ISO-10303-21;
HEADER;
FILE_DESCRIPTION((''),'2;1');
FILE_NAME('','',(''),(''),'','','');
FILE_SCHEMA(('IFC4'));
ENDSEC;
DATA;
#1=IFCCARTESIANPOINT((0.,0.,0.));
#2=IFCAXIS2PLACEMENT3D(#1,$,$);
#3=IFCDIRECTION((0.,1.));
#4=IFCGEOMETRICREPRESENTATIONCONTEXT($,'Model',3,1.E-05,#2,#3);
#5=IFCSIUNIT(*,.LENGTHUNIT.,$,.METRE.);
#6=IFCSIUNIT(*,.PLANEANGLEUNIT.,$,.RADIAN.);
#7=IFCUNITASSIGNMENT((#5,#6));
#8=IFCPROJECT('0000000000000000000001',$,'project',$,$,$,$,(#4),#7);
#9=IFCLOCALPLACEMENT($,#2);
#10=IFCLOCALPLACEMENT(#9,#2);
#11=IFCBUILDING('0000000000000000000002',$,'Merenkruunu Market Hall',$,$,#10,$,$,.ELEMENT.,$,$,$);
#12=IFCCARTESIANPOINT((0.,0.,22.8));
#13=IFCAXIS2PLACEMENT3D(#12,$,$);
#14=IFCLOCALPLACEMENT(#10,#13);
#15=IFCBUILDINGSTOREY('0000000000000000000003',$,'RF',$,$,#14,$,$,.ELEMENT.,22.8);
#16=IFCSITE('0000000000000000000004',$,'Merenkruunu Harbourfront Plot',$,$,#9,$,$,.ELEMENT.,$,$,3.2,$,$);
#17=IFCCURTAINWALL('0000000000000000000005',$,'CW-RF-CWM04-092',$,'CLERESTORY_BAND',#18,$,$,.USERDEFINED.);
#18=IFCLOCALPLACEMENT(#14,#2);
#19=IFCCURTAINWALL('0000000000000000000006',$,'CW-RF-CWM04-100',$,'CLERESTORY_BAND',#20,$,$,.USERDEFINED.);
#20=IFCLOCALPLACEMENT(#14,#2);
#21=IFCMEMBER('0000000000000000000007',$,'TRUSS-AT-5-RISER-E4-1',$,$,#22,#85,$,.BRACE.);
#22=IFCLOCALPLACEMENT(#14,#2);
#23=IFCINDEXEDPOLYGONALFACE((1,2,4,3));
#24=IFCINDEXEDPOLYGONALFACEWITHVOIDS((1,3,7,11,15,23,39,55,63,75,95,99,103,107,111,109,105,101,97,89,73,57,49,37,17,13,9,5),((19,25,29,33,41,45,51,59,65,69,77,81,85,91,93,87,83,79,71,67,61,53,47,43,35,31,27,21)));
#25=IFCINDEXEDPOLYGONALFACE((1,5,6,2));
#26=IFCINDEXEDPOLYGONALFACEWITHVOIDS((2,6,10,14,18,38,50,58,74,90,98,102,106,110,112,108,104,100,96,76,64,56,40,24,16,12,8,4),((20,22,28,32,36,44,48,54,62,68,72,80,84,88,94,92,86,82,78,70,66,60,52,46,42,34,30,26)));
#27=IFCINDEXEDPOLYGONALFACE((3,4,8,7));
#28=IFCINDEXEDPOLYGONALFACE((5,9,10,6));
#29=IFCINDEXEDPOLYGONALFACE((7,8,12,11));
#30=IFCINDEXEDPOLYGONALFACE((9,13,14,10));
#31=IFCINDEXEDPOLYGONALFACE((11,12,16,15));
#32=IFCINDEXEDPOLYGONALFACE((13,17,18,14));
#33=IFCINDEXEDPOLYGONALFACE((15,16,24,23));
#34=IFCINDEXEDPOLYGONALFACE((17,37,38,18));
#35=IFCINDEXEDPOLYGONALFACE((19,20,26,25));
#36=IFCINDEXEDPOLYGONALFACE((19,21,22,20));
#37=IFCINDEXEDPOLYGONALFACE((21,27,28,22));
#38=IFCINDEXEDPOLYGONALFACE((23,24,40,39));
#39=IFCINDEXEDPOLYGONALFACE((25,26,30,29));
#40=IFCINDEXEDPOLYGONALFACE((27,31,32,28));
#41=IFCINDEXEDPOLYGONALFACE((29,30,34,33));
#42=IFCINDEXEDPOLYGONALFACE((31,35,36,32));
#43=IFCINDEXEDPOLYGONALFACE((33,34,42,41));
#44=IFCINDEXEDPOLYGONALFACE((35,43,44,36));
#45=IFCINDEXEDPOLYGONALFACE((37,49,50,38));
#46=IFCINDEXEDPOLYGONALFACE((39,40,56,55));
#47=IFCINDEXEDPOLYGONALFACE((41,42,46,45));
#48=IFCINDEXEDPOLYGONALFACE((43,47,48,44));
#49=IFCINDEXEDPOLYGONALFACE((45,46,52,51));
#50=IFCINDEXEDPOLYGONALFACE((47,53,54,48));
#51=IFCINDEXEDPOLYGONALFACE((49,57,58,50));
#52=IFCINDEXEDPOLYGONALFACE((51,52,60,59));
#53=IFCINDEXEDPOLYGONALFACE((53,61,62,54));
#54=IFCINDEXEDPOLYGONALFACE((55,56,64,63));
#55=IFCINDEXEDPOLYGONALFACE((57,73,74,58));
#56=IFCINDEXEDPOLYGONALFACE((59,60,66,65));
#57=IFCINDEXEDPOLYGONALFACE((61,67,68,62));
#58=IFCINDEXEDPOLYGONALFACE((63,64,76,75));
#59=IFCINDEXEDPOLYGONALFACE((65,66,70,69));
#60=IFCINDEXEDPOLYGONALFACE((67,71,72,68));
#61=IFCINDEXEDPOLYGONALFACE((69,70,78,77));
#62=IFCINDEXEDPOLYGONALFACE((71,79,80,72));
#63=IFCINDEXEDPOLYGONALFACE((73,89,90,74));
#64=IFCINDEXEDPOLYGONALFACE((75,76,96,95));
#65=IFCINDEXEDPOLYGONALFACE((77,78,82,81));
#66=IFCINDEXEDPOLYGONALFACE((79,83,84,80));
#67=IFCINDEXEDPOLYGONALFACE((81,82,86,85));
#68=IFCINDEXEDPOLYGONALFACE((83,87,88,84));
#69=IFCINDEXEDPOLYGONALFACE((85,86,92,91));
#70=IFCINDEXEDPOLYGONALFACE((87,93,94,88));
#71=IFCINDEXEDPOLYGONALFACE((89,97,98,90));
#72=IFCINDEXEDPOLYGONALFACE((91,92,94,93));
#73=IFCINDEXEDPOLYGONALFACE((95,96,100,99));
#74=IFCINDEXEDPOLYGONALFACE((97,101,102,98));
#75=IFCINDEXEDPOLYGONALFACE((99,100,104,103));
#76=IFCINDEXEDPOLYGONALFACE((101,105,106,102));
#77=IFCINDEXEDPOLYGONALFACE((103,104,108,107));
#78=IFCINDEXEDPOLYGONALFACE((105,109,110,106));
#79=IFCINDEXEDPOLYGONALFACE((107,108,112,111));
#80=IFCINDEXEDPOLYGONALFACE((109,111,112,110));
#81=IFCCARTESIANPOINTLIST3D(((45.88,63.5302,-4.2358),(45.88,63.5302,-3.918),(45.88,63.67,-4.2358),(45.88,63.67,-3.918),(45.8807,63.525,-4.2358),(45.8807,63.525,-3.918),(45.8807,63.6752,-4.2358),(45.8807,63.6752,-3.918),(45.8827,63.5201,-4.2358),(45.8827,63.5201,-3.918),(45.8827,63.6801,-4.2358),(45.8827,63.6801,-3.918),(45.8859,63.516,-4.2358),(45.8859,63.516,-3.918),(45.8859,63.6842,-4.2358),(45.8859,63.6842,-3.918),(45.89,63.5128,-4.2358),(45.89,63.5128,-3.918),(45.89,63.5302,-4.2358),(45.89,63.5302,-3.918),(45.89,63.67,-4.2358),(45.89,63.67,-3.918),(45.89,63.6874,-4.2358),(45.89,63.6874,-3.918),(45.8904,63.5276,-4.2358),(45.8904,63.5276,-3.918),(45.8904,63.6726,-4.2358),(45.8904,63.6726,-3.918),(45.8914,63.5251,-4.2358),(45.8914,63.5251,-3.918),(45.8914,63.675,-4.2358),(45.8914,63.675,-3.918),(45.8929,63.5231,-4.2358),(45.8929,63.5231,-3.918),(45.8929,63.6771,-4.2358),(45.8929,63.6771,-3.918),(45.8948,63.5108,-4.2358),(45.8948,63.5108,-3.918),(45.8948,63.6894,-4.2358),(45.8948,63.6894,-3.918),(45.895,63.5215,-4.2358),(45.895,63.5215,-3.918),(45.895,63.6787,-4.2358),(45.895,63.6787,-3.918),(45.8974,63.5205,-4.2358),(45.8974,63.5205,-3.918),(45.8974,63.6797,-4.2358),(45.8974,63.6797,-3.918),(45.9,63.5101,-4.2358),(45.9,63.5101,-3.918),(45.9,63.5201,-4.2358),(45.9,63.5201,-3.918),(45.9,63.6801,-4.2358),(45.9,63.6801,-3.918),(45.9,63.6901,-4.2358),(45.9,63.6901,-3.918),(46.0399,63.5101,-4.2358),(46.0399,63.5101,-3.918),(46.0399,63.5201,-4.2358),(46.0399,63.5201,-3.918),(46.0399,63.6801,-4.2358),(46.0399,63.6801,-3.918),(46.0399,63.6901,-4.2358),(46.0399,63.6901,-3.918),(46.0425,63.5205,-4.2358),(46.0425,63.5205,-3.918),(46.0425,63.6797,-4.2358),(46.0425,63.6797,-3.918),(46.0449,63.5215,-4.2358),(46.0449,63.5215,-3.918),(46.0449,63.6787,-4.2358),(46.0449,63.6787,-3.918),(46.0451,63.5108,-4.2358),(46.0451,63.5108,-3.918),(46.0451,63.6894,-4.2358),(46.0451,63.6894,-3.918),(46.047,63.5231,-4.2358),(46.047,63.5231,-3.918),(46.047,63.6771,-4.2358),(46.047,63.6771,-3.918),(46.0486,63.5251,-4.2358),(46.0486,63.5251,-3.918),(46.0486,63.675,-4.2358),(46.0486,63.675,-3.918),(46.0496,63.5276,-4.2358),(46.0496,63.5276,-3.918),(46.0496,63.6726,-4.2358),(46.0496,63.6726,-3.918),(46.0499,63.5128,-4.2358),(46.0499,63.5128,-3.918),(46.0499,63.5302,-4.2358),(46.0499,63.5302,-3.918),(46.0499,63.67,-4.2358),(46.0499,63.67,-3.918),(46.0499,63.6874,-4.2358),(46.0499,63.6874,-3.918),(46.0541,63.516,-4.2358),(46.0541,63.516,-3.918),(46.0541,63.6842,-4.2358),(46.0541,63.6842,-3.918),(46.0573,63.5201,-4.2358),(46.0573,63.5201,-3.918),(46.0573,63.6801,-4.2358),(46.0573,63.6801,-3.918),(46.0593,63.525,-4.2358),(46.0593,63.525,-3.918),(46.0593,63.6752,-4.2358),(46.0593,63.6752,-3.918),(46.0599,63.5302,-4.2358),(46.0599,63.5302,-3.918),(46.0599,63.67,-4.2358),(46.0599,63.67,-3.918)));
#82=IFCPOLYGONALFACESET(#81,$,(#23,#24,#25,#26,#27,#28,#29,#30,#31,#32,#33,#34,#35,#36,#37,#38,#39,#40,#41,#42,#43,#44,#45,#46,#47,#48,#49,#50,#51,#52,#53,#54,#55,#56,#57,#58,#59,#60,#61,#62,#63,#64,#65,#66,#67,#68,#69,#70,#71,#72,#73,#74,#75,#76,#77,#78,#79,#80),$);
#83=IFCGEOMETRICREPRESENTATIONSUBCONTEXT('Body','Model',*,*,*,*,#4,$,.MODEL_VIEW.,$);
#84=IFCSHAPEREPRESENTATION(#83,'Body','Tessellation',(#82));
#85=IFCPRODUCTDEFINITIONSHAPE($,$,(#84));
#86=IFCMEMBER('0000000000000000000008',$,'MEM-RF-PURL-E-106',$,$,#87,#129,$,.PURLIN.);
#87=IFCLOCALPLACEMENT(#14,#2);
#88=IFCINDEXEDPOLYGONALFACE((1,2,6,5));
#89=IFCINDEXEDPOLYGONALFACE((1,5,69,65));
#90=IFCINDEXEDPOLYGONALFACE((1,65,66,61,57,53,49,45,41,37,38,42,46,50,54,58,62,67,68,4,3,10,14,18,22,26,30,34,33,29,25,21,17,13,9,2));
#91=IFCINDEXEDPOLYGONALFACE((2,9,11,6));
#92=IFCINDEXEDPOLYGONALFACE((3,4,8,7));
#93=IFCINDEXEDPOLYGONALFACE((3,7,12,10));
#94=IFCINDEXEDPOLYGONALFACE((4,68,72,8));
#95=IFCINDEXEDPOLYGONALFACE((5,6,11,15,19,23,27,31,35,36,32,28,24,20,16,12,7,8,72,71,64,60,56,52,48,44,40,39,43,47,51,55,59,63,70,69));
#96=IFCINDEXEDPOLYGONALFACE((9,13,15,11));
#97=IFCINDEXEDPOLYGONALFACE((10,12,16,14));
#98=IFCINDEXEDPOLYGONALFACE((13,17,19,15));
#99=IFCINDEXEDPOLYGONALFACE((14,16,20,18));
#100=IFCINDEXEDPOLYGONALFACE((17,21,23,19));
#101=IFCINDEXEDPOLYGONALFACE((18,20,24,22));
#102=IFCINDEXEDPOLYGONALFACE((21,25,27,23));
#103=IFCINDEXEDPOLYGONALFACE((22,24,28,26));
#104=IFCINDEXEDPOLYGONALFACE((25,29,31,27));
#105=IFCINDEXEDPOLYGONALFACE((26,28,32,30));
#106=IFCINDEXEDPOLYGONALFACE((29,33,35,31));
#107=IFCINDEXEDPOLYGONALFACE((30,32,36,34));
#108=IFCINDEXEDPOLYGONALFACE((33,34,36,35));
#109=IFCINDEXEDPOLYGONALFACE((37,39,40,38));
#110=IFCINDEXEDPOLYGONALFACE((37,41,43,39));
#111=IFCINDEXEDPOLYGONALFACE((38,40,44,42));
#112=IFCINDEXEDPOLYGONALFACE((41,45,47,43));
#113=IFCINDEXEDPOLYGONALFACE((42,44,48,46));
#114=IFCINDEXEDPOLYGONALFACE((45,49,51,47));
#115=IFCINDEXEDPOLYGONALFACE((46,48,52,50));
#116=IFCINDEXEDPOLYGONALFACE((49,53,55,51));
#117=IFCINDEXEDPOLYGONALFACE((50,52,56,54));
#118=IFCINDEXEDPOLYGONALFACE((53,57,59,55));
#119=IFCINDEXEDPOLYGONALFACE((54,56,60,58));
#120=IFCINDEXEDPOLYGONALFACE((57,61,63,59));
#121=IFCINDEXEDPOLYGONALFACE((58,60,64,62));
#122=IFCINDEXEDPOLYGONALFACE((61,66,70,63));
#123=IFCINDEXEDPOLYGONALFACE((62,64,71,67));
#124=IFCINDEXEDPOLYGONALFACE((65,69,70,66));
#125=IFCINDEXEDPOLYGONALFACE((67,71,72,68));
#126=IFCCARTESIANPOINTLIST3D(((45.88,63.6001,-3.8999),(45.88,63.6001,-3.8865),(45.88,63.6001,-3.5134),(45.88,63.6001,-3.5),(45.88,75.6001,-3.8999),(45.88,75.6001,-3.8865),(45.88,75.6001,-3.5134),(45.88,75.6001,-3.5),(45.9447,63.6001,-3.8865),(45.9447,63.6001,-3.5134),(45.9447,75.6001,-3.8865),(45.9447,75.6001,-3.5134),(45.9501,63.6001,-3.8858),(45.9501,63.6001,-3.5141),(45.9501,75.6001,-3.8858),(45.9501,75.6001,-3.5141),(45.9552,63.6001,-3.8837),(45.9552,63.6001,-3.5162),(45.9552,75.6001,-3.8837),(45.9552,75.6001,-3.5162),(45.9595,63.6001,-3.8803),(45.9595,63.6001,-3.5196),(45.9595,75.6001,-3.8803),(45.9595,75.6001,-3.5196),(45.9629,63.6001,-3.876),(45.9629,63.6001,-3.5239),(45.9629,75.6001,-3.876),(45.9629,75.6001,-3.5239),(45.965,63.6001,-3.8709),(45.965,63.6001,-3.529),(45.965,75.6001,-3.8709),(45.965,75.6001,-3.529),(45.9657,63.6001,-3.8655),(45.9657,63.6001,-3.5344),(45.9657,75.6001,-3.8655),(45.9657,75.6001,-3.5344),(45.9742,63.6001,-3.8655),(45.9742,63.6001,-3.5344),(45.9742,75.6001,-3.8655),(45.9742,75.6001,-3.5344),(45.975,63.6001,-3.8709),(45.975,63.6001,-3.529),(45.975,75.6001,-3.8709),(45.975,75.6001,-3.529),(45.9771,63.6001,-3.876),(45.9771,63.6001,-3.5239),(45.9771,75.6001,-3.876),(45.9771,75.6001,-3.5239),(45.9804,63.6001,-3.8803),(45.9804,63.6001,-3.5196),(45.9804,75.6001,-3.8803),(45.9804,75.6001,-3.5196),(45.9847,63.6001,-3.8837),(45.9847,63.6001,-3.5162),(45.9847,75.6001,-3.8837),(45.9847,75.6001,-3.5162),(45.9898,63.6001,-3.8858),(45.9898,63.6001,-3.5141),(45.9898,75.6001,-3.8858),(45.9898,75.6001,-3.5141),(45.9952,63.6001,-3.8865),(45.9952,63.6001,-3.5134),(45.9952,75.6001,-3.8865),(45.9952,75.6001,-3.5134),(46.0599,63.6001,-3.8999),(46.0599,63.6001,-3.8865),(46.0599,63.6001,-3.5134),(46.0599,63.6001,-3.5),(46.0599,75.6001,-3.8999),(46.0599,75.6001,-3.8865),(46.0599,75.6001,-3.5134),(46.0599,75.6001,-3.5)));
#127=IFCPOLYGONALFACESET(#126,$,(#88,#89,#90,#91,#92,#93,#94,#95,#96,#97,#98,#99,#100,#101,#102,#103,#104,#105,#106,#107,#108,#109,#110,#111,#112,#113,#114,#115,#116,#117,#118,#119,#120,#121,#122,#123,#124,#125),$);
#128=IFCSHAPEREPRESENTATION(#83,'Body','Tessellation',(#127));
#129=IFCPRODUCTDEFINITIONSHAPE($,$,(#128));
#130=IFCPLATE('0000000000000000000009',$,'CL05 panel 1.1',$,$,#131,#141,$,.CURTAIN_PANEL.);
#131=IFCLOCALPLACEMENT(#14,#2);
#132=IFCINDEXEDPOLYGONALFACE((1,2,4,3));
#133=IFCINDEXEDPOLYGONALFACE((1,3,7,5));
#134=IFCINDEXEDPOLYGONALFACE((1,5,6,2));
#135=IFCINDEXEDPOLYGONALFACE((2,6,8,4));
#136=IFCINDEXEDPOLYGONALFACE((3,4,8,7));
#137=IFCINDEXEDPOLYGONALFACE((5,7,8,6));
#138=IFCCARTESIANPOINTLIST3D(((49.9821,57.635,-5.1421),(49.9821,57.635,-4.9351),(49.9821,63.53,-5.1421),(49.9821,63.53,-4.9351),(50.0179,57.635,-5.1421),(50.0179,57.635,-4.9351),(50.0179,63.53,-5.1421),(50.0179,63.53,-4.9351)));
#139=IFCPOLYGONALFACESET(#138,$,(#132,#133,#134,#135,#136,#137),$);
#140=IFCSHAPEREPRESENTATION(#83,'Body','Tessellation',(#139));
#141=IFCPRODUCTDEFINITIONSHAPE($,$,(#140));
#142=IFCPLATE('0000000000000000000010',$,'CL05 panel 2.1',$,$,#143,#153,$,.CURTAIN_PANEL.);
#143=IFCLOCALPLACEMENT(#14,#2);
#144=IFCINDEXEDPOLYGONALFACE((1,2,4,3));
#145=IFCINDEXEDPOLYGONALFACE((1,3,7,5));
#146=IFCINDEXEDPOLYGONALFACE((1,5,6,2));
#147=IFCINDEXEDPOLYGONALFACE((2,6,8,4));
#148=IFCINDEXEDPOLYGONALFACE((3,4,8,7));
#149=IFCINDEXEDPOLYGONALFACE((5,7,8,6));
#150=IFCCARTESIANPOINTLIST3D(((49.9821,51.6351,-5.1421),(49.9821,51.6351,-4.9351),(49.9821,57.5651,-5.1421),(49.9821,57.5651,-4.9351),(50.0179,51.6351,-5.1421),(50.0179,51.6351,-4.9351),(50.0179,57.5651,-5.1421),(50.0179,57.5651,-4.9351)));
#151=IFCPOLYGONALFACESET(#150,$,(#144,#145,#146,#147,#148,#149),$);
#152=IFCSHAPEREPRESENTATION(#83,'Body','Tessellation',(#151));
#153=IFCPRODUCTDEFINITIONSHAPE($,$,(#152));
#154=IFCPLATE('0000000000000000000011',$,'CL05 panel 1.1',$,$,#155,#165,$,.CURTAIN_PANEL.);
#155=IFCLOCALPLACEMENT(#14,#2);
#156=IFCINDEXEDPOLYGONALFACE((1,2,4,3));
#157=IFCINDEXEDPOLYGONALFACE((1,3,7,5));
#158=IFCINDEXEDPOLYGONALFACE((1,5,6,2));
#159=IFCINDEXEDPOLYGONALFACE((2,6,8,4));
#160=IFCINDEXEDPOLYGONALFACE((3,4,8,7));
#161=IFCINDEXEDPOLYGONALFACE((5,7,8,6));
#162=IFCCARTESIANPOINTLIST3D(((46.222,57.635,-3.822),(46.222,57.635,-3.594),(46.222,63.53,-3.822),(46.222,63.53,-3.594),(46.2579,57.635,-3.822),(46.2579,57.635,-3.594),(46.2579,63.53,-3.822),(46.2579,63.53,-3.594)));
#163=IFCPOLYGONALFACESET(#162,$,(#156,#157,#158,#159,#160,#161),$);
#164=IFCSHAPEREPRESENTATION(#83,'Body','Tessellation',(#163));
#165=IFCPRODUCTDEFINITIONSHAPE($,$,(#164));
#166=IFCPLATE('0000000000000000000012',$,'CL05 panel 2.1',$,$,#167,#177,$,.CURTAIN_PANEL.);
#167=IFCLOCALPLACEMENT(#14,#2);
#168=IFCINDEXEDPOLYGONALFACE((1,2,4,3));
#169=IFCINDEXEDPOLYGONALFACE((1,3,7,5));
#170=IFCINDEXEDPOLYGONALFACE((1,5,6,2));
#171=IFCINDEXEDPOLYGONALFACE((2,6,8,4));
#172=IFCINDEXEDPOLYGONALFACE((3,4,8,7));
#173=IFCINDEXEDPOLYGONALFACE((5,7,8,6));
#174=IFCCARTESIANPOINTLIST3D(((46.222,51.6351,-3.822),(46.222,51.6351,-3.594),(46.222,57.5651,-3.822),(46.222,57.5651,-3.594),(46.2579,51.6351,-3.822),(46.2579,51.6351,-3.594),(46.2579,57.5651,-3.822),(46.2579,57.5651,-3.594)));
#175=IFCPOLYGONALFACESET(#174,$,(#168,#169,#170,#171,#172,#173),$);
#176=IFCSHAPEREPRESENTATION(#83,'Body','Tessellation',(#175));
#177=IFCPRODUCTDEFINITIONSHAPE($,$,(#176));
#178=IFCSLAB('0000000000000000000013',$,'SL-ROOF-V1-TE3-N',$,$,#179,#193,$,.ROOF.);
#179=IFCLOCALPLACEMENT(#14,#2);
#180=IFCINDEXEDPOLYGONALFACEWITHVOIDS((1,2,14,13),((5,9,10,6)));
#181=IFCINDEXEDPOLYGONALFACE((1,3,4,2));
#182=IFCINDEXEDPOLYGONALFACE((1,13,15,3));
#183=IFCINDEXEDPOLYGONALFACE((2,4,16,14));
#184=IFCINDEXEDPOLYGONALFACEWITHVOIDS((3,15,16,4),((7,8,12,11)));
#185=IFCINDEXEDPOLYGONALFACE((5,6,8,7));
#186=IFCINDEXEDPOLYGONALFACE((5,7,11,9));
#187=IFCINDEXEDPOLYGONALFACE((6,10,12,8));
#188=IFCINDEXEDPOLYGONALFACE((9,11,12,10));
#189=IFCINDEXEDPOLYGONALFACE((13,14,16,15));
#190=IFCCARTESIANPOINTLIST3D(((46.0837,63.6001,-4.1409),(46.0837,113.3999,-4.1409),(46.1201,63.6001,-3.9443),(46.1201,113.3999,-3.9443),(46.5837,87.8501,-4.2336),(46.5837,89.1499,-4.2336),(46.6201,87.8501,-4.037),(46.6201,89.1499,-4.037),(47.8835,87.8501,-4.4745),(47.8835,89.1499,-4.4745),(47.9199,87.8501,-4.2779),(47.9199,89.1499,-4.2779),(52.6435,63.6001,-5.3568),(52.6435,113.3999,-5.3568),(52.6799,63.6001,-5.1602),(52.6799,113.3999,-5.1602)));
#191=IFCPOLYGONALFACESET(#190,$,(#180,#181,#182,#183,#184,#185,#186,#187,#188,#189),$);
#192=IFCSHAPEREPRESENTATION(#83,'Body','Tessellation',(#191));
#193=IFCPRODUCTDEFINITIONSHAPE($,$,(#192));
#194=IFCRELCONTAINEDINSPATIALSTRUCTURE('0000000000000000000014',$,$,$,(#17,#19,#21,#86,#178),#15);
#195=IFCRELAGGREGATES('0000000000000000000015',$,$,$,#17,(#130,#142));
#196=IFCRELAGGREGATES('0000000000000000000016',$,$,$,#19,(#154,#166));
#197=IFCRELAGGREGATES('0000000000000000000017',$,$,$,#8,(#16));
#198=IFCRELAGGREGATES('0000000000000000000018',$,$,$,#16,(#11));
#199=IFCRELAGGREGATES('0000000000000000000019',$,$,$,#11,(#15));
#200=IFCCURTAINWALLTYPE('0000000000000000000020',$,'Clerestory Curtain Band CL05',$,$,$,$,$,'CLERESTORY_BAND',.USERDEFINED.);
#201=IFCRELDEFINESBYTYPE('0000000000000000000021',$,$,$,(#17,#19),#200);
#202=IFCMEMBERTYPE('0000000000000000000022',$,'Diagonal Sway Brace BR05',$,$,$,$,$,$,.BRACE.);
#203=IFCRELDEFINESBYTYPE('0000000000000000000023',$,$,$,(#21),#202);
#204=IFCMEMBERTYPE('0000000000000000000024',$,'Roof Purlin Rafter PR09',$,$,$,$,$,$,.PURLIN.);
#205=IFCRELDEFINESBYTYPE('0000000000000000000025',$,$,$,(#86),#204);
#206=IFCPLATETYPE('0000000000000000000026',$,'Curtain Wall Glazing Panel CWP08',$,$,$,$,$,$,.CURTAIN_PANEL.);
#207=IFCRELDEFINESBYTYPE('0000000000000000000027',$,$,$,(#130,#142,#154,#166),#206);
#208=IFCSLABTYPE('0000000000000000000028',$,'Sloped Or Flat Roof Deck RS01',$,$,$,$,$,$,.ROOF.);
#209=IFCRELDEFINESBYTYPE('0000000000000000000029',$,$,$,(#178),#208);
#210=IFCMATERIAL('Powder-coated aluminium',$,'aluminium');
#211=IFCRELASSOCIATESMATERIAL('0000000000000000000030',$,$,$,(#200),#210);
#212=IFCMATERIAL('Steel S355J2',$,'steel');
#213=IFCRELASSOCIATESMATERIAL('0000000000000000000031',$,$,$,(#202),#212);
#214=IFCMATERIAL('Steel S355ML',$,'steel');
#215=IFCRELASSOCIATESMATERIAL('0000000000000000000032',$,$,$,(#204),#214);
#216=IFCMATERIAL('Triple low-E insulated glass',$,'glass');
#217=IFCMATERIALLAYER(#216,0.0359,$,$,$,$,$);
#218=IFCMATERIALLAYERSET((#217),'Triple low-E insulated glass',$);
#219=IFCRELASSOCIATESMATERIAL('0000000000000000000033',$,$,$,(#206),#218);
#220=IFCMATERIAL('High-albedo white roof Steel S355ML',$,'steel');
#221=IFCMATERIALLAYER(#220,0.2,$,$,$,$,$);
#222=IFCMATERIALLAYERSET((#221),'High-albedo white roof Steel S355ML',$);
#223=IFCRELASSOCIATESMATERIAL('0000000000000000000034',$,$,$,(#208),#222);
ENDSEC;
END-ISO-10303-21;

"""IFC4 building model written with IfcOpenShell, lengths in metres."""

from ifc_helpers import new_model, si_unit, direction, frame, origin, origin_2d, place, context, subcontext, project, spatial, polyline, rectangle, hollow_rectangle, i_section, outline, extrude, material, layer, layer_set, material_profile, profile_set, type_object, element, aggregate, save


model = new_model("IFC4")

# Units and contexts
model_context = context("Model", 3, precision=1e-05, world=origin(), true_north=direction((0.0, 1.0)))
body_context = subcontext(model_context, "Body", "Model", "MODEL_VIEW")
ifc_project = project(units=[si_unit("LENGTHUNIT", "METRE"), si_unit("PLANEANGLEUNIT", "RADIAN")], contexts=[model_context])

# Site, building, storey
site_placement = place(None, origin())
site = spatial("IfcSite", under=ifc_project, at=site_placement, Name="Merenkruunu Harbourfront Plot", CompositionType="ELEMENT", RefElevation=3.2)
building_placement = place(site_placement, origin())
building = spatial("IfcBuilding", under=site, at=building_placement, Name="Merenkruunu Market Hall", CompositionType="ELEMENT")
storey_placement = place(building_placement, frame((0.0, 0.0, 22.8)))
storey = spatial("IfcBuildingStorey", under=building, at=storey_placement, Name="RF", CompositionType="ELEMENT", Elevation=22.8)

# Curtain walls
ifc_material_1 = material(Name="Powder-coated aluminium", Category="aluminium")
curtain_wall_type = type_object("IfcCurtainWallType", Name="Clerestory Curtain Band CL05", ElementType="CLERESTORY_BAND", PredefinedType="USERDEFINED", material=ifc_material_1)
curtain_wall_1_placement = place(storey_placement, origin())
curtain_wall_1 = element("IfcCurtainWall", 1, at=curtain_wall_1_placement, inside=storey, type_object=curtain_wall_type, Name="CW-RF-CWM04-092", ObjectType="CLERESTORY_BAND", PredefinedType="USERDEFINED")
curtain_wall_2_placement = place(storey_placement, origin())
curtain_wall_2 = element("IfcCurtainWall", 2, at=curtain_wall_2_placement, inside=storey, type_object=curtain_wall_type, Name="CW-RF-CWM04-100", ObjectType="CLERESTORY_BAND", PredefinedType="USERDEFINED")

# Members
ifc_material_2 = material(Name="Steel S355J2", Category="steel")
ifc_material_profile_1 = material_profile(ifc_material_2, hollow_rectangle(XDim=0.1799, YDim=0.1799, WallThickness=0.01, InnerFilletRadius=0.01, OuterFilletRadius=0.02, at=origin_2d()), Name="SHS 180x180x10")
ifc_profile_set_1 = profile_set([ifc_material_profile_1], Name="Steel S355J2")
member_type_1 = type_object("IfcMemberType", Name="Diagonal Sway Brace BR05", PredefinedType="BRACE", material=ifc_profile_set_1)
member_1_placement = place(storey_placement, frame((45.97, 63.6001, -4.2358), z_axis=(0.0, 0.0, 1.0), x_axis=(1.0, 0.0, 0.0)))
element("IfcMember", 3, at=member_1_placement, inside=storey, type_object=member_type_1, Name="TRUSS-AT-5-RISER-E4-1", PredefinedType="BRACE", context=body_context, shape_type="SweptSolid", body=[
    extrude(hollow_rectangle(XDim=0.1799, YDim=0.1799, WallThickness=0.01, InnerFilletRadius=0.01, OuterFilletRadius=0.02, at=origin_2d()), origin(), (0.0, 0.0, 1.0), 0.3179),
])
ifc_material_3 = material(Name="Steel S355ML", Category="steel")
ifc_material_profile_2 = material_profile(ifc_material_3, i_section(OverallWidth=0.1799, OverallDepth=0.3999, WebThickness=0.0085, FlangeThickness=0.0134, FilletRadius=0.021, at=origin_2d()), Name="IPE 400")
ifc_profile_set_2 = profile_set([ifc_material_profile_2], Name="Steel S355ML")
member_type_2 = type_object("IfcMemberType", Name="Roof Purlin Rafter PR09", PredefinedType="PURLIN", material=ifc_profile_set_2)
member_2_placement = place(storey_placement, frame((45.97, 63.6001, -3.7), z_axis=(0.0, 1.0, 0.0), x_axis=(-1.0, 0.0, 0.0)))
element("IfcMember", 4, at=member_2_placement, inside=storey, type_object=member_type_2, Name="MEM-RF-PURL-E-106", PredefinedType="PURLIN", context=body_context, shape_type="SweptSolid", body=[
    extrude(i_section(OverallWidth=0.1799, OverallDepth=0.3999, WebThickness=0.0085, FlangeThickness=0.0134, FilletRadius=0.021, at=origin_2d()), origin(), (0.0, 0.0, 1.0), 12.0),
])

# Plates
ifc_material_4 = material(Name="Triple low-E insulated glass", Category="glass")
ifc_layer_1 = layer(ifc_material_4, 0.0359)
ifc_layer_set_1 = layer_set([ifc_layer_1], Name="Triple low-E insulated glass")
plate_type_1 = type_object("IfcPlateType", Name="Curtain Wall Glazing Panel CWP08", PredefinedType="CURTAIN_PANEL", material=ifc_layer_set_1)
plate_1_placement = place(storey_placement, frame((50.0, 60.5825, -5.1421), z_axis=(0.0, 0.0, 1.0), x_axis=(0.0, -1.0, 0.0)))
plate_1 = element("IfcPlate", 5, at=plate_1_placement, type_object=plate_type_1, Name="CL05 panel 1.1", PredefinedType="CURTAIN_PANEL", context=body_context, shape_type="SweptSolid", body=[
    extrude(rectangle(XDim=5.895, YDim=0.0359, at=origin_2d()), origin(), (0.0, 0.0, 1.0), 0.207),
])
plate_2_placement = place(storey_placement, frame((50.0, 54.6001, -5.1421), z_axis=(0.0, 0.0, 1.0), x_axis=(0.0, -1.0, 0.0)))
plate_2 = element("IfcPlate", 6, at=plate_2_placement, type_object=plate_type_1, Name="CL05 panel 2.1", PredefinedType="CURTAIN_PANEL", context=body_context, shape_type="SweptSolid", body=[
    extrude(rectangle(XDim=5.9299, YDim=0.0359, at=origin_2d()), origin(), (0.0, 0.0, 1.0), 0.207),
])
aggregate(curtain_wall_1, [plate_1, plate_2])
plate_3_placement = place(storey_placement, frame((46.24, 60.5825, -3.822), z_axis=(0.0, 0.0, 1.0), x_axis=(0.0, -1.0, 0.0)))
plate_3 = element("IfcPlate", 7, at=plate_3_placement, type_object=plate_type_1, Name="CL05 panel 1.1", PredefinedType="CURTAIN_PANEL", context=body_context, shape_type="SweptSolid", body=[
    extrude(rectangle(XDim=5.895, YDim=0.0359, at=origin_2d()), origin(), (0.0, 0.0, 1.0), 0.228),
])
plate_4_placement = place(storey_placement, frame((46.24, 54.6001, -3.822), z_axis=(0.0, 0.0, 1.0), x_axis=(0.0, -1.0, 0.0)))
plate_4 = element("IfcPlate", 8, at=plate_4_placement, type_object=plate_type_1, Name="CL05 panel 2.1", PredefinedType="CURTAIN_PANEL", context=body_context, shape_type="SweptSolid", body=[
    extrude(rectangle(XDim=5.9299, YDim=0.0359, at=origin_2d()), origin(), (0.0, 0.0, 1.0), 0.228),
])
aggregate(curtain_wall_2, [plate_3, plate_4])

# Slab
ifc_material_5 = material(Name="High-albedo white roof Steel S355ML", Category="steel")
ifc_layer_2 = layer(ifc_material_5, 0.2)
ifc_layer_set_2 = layer_set([ifc_layer_2], Name="High-albedo white roof Steel S355ML")
slab_type = type_object("IfcSlabType", Name="Sloped Or Flat Roof Deck RS01", PredefinedType="ROOF", material=ifc_layer_set_2)
slab_placement = place(storey_placement, frame((46.1201, 63.6001, -3.9443), z_axis=(0.18224, 0.0, 0.983254), x_axis=(0.983254, 0.0, -0.18224)))
element("IfcSlab", 9, at=slab_placement, inside=storey, type_object=slab_type, Name="SL-ROOF-V1-TE3-N", PredefinedType="ROOF", context=body_context, shape_type="SweptSolid", body=[
    extrude(outline(polyline([(0.0, 0.0), (6.6715, 0.0), (6.6715, 49.7998), (0.0, 49.7998), (0.0, 0.0)]), holes=[polyline([(0.5085, 24.25), (1.8304, 24.25), (1.8304, 25.5498), (0.5085, 25.5498), (0.5085, 24.25)])]), origin(), (0.0, 0.0, -1.0), 0.2),
])

save(model, "model.ifc")
